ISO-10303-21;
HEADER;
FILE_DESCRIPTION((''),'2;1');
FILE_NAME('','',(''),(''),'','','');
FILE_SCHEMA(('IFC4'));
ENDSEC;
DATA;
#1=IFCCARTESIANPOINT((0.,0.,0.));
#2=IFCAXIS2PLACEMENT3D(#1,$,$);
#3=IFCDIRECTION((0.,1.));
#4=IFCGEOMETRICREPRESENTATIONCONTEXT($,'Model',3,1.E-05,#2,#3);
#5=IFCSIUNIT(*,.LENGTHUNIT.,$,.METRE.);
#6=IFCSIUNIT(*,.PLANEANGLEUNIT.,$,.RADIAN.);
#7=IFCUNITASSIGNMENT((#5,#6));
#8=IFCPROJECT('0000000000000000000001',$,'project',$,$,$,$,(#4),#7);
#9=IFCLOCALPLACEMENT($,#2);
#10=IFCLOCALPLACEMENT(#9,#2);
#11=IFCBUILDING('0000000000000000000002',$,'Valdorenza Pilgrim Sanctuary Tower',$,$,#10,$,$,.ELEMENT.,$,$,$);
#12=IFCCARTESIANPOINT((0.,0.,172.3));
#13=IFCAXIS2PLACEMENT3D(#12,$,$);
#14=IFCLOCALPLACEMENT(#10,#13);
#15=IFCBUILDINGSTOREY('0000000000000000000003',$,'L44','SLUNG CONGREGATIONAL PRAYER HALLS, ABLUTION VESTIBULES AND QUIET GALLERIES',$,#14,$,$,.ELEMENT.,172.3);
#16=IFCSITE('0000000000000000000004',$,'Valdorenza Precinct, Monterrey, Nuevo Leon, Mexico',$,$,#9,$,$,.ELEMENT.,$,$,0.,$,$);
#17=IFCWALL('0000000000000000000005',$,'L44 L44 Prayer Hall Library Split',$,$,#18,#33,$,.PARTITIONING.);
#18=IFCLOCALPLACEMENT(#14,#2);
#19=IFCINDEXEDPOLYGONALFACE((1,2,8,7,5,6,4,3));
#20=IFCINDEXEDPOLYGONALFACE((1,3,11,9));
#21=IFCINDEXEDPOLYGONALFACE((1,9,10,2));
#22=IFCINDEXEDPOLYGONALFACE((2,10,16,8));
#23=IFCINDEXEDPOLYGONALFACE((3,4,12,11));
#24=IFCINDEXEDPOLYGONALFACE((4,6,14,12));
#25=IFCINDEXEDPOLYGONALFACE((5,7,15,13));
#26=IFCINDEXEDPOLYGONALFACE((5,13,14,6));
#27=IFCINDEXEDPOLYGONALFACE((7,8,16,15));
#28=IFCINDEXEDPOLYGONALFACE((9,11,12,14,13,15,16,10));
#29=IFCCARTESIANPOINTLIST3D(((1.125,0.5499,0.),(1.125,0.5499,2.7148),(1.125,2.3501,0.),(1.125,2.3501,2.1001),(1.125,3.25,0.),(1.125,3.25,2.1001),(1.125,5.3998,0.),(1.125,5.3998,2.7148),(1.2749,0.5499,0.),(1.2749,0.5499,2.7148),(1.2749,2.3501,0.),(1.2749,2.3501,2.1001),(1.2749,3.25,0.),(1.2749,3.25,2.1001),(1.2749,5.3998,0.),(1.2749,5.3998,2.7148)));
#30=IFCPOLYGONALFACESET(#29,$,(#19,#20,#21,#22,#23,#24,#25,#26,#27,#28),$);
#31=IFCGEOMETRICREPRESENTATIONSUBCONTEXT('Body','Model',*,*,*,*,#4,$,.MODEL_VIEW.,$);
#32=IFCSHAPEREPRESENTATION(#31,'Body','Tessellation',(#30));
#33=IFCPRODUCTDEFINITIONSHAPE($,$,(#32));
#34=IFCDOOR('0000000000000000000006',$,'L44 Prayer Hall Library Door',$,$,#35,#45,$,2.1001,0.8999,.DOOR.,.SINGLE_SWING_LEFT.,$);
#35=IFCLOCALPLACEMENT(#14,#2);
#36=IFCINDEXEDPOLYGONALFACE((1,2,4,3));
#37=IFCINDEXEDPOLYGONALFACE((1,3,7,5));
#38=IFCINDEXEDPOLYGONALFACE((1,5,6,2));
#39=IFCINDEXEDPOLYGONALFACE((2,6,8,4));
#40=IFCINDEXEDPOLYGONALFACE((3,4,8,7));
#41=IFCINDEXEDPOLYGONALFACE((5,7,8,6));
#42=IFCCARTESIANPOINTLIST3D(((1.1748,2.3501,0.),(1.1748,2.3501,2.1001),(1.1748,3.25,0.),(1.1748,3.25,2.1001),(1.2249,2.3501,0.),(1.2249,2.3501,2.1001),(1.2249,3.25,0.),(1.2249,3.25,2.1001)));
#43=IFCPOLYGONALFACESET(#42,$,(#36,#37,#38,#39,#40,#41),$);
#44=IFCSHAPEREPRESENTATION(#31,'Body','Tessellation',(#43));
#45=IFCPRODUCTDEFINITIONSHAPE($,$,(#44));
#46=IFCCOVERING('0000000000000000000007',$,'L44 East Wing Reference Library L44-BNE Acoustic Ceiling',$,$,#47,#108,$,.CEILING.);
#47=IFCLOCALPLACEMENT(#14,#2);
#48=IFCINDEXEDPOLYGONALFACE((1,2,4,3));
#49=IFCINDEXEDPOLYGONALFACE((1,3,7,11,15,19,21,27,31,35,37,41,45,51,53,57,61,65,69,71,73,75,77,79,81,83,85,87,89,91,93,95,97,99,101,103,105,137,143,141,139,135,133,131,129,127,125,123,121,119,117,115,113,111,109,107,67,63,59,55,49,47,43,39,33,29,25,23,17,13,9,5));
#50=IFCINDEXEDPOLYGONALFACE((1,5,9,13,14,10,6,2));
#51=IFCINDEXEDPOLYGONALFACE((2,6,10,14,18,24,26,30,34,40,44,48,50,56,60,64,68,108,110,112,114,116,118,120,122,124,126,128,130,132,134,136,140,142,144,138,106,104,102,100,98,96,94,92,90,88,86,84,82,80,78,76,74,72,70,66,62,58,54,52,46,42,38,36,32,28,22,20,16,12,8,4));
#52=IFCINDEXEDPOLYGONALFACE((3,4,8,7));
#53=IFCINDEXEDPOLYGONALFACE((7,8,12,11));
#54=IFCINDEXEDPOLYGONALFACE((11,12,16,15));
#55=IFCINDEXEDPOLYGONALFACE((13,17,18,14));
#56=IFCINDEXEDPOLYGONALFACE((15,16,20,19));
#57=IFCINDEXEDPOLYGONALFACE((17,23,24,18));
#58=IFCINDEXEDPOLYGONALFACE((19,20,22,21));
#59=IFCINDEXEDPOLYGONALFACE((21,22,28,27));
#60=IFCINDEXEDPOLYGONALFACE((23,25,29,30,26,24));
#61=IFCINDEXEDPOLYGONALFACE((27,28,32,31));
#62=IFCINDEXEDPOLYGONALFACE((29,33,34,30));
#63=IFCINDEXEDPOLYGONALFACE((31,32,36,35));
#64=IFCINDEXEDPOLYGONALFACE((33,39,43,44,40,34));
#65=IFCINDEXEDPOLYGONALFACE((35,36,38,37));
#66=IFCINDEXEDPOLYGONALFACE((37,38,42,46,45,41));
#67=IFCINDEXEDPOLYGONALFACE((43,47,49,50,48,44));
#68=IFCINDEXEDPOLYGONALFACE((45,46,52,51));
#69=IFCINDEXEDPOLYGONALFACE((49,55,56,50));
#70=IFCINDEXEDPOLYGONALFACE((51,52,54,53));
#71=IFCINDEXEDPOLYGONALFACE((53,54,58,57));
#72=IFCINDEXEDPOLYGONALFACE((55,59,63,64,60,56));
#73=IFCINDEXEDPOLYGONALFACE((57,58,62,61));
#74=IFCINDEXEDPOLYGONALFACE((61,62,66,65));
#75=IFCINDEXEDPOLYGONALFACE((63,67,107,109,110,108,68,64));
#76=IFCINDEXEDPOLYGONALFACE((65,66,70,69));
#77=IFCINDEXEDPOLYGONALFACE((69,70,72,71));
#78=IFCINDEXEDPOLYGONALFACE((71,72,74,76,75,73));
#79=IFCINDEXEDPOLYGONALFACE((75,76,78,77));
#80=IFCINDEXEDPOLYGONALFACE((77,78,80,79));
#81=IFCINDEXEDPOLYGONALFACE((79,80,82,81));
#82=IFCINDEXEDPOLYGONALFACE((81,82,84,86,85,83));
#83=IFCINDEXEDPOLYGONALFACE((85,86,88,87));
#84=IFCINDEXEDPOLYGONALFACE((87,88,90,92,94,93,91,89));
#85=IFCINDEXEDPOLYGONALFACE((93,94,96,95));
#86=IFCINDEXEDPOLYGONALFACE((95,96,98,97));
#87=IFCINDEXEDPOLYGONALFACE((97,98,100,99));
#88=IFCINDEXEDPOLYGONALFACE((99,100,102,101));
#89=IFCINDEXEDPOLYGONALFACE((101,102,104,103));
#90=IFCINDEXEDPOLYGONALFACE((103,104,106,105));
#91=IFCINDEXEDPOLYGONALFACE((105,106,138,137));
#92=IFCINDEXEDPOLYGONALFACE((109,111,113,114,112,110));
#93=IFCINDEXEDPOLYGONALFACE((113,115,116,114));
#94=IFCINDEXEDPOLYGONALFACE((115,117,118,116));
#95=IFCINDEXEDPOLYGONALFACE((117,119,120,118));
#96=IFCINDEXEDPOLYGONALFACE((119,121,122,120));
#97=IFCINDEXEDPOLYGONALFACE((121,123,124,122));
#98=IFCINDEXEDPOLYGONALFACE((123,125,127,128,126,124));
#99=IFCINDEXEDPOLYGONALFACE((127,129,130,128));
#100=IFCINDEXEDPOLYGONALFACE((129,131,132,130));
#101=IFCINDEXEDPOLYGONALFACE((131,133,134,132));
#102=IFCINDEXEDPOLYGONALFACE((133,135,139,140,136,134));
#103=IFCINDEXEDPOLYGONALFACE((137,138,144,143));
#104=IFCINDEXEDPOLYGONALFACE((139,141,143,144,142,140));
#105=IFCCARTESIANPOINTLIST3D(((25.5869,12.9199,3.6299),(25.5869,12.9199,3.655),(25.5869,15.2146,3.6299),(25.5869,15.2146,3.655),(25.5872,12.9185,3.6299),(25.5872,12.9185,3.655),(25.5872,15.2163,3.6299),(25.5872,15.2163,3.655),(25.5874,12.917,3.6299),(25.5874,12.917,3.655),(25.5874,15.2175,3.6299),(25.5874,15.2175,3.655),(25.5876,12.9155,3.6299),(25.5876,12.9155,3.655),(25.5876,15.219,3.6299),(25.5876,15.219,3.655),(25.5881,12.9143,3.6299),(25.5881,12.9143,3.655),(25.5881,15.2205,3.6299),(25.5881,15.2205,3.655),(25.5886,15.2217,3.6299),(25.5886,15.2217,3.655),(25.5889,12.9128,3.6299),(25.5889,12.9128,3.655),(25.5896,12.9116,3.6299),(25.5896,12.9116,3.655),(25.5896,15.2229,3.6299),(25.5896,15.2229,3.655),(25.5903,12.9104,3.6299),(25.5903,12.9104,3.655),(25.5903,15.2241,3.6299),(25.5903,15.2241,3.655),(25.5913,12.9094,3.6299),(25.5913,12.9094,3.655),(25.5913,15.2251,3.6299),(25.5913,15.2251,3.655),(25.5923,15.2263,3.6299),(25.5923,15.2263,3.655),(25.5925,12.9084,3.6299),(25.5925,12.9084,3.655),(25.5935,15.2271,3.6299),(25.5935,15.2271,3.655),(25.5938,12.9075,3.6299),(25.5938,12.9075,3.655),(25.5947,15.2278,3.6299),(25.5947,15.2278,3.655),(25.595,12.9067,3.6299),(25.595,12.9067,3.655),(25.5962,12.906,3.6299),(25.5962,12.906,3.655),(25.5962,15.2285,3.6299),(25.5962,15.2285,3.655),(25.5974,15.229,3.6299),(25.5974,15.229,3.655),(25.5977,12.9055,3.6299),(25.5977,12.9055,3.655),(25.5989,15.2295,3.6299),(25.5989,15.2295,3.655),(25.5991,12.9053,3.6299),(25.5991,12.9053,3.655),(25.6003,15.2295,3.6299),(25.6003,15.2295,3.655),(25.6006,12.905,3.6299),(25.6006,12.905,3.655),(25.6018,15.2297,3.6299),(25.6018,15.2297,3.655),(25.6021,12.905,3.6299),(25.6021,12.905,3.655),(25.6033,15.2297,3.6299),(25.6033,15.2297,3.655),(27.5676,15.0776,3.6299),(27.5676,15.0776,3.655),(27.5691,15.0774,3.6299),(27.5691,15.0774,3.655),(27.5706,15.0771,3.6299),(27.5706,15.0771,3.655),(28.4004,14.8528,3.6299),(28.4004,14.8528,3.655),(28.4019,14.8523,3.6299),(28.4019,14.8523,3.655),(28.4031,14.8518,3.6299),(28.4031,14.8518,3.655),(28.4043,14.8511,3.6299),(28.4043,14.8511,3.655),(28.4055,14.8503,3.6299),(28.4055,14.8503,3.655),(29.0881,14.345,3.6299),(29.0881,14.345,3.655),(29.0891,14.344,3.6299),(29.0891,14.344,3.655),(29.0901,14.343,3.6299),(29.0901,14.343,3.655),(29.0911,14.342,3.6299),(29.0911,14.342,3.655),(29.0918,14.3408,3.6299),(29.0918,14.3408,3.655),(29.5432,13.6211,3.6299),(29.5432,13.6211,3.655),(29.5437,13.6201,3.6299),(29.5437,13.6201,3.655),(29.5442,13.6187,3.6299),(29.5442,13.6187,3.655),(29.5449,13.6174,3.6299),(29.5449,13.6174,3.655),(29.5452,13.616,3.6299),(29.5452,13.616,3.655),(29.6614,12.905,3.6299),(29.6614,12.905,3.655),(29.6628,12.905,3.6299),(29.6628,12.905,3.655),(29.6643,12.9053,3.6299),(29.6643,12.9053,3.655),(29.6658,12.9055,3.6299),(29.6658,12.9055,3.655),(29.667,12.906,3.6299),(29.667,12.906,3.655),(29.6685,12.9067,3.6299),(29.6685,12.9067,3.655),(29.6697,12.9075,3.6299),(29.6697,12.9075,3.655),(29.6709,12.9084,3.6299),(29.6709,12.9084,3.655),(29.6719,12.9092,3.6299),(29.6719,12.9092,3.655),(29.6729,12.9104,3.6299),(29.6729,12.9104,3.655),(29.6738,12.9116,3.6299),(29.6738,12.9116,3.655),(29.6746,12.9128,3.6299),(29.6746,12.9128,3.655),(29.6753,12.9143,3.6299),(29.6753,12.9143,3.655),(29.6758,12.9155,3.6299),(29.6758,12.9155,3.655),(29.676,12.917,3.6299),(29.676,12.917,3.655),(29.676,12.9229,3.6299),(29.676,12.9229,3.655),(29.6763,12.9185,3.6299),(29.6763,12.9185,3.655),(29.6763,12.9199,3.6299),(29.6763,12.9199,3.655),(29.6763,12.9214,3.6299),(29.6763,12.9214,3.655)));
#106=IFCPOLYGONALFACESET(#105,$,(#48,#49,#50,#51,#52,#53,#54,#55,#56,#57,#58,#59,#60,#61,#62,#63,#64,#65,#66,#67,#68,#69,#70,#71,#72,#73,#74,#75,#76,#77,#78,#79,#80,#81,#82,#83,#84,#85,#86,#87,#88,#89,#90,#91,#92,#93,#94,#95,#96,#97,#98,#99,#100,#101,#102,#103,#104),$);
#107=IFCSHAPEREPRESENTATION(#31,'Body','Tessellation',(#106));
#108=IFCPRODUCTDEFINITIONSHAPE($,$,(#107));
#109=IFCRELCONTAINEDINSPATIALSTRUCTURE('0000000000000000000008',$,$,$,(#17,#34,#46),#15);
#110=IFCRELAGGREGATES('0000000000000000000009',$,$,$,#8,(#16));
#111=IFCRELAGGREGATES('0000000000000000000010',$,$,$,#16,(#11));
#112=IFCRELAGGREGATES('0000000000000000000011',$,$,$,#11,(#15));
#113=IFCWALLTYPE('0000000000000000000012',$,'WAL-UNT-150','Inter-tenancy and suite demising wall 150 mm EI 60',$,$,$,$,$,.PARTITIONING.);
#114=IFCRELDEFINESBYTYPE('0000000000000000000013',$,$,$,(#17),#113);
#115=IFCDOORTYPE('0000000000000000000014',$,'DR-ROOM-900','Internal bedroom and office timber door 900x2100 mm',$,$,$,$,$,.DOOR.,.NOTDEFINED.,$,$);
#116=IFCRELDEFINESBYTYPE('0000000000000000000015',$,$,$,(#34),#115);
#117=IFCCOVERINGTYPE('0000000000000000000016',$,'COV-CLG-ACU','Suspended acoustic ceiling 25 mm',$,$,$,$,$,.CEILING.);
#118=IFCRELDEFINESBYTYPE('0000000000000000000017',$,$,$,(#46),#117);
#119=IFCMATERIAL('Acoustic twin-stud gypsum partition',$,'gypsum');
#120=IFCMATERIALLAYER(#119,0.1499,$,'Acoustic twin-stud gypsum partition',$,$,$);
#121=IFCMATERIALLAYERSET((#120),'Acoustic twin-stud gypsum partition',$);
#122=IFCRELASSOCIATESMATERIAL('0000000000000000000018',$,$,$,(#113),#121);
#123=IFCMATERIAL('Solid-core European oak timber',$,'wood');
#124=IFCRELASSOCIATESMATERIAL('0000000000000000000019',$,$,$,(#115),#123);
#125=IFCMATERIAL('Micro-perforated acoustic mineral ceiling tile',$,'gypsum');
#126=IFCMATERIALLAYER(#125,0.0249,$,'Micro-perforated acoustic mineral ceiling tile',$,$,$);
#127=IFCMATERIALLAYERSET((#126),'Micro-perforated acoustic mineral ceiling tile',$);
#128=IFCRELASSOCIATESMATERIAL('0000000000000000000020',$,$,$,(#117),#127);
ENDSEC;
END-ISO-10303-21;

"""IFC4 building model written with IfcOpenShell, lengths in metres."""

from ifc_helpers import new_model, si_unit, direction, frame, frame_2d, origin, place, context, subcontext, project, spatial, polyline, rectangle, outline, extrude, material, layer, layer_set, type_object, element, fill, save


model = new_model("IFC4")

# Units and contexts
model_context = context("Model", 3, precision=1e-05, world=origin(), true_north=direction((0.0, 1.0)))
body_context = subcontext(model_context, "Body", "Model", "MODEL_VIEW")
ifc_project = project(units=[si_unit("LENGTHUNIT", "METRE"), si_unit("PLANEANGLEUNIT", "RADIAN")], contexts=[model_context])

# Site, building, storey
site_placement = place(None, origin())
site = spatial("IfcSite", under=ifc_project, at=site_placement, Name="Valdorenza Precinct, Monterrey, Nuevo Leon, Mexico", CompositionType="ELEMENT", RefElevation=0.0)
building_placement = place(site_placement, origin())
building = spatial("IfcBuilding", under=site, at=building_placement, Name="Valdorenza Pilgrim Sanctuary Tower", CompositionType="ELEMENT")
storey_placement = place(building_placement, frame((0.0, 0.0, 172.3)))
storey = spatial("IfcBuildingStorey", under=building, at=storey_placement, Name="L44", Description="SLUNG CONGREGATIONAL PRAYER HALLS, ABLUTION VESTIBULES AND QUIET GALLERIES", CompositionType="ELEMENT", Elevation=172.3)

# Shared definitions
ifc_material_1 = material(Name="Acoustic twin-stud gypsum partition", Category="gypsum")

# Shared definitions
ifc_layer_1 = layer(ifc_material_1, 0.1499, Name="Acoustic twin-stud gypsum partition")
ifc_layer_set_1 = layer_set([ifc_layer_1], Name="Acoustic twin-stud gypsum partition")
wall_type_1 = type_object("IfcWallType", Name="WAL-UNT-150", Description="Inter-tenancy and suite demising wall 150 mm EI 60", PredefinedType="PARTITIONING", material=ifc_layer_set_1)

# Wall, opening, door
wall_1_placement = place(storey_placement, frame((1.2, 0.55, 0.0), z_axis=(0.0, 0.0, 1.0), x_axis=(0.0, 1.0, 0.0)))
wall_1 = element("IfcWall", 1, at=wall_1_placement, inside=storey, type_object=wall_type_1, Name="L44 L44 Prayer Hall Library Split", PredefinedType="PARTITIONING", context=body_context, shape_type="SweptSolid", body=[
    extrude(rectangle(XDim=4.8499, YDim=0.1499, at=frame_2d((2.4248, 0.0))), origin(), (0.0, 0.0, 1.0), 2.7148),
])
opening_1_placement = place(wall_1_placement, frame((1.8, 0.0, 0.0)))
opening_1 = element("IfcOpeningElement", 2, at=opening_1_placement, cuts=wall_1, PredefinedType="OPENING", context=body_context, shape_type="SweptSolid", body=[
    extrude(rectangle(XDim=0.8999, YDim=2.1001, at=frame_2d((0.45, 1.05))), frame((0.0, 0.0898, 0.0), z_axis=(0.0, -1.0, 0.0), x_axis=(1.0, 0.0, 0.0)), (0.0, 0.0, 1.0), 0.1797),
])
ifc_material_2 = material(Name="Solid-core European oak timber", Category="wood")
door_type_1 = type_object("IfcDoorType", Name="DR-ROOM-900", Description="Internal bedroom and office timber door 900x2100 mm", OperationType="NOTDEFINED", PredefinedType="DOOR", material=ifc_material_2)
door_1_placement = place(opening_1_placement, frame((0.8999, 0.0, 0.0), z_axis=(0.0, 0.0, 1.0), x_axis=(-1.0, 0.0, 0.0)))
door_1 = element("IfcDoor", 3, at=door_1_placement, inside=storey, type_object=door_type_1, Name="L44 Prayer Hall Library Door", OperationType="SINGLE_SWING_LEFT", OverallHeight=2.1001, OverallWidth=0.8999, PredefinedType="DOOR", context=body_context, shape_type="SweptSolid", body=[
    extrude(rectangle(XDim=0.8999, YDim=2.1001, at=frame_2d((0.45, 1.05))), frame((0.0, 0.0249, 0.0), z_axis=(0.0, -1.0, 0.0), x_axis=(1.0, 0.0, 0.0)), (0.0, 0.0, 1.0), 0.05),
])
fill(opening_1, door_1)

# Covering
ifc_material_3 = material(Name="Micro-perforated acoustic mineral ceiling tile", Category="gypsum")
ifc_layer_2 = layer(ifc_material_3, 0.0249, Name="Micro-perforated acoustic mineral ceiling tile")
ifc_layer_set_2 = layer_set([ifc_layer_2], Name="Micro-perforated acoustic mineral ceiling tile")
covering_type_1 = type_object("IfcCoveringType", Name="COV-CLG-ACU", Description="Suspended acoustic ceiling 25 mm", PredefinedType="CEILING", material=ifc_layer_set_2)
covering_1_placement = place(storey_placement, frame((0.0, 0.0, 3.6299)))
element("IfcCovering", 4, at=covering_1_placement, inside=storey, type_object=covering_type_1, Name="L44 East Wing Reference Library L44-BNE Acoustic Ceiling", PredefinedType="CEILING", context=body_context, shape_type="SweptSolid", body=[
    extrude(outline(polyline([(27.5676, 15.0776), (27.5691, 15.0774), (27.5706, 15.0771), (28.4004, 14.8528), (28.4019, 14.8523), (28.4031, 14.8518), (28.4043, 14.8511), (28.4055, 14.8503), (29.0881, 14.345), (29.0891, 14.344), (29.0901, 14.343), (29.0911, 14.342), (29.0918, 14.3408), (29.5432, 13.6211), (29.5437, 13.6201), (29.5442, 13.6187), (29.5449, 13.6174), (29.5452, 13.616), (29.676, 12.9229), (29.6763, 12.9214), (29.6763, 12.9199), (29.6763, 12.9185), (29.676, 12.917), (29.6758, 12.9155), (29.6753, 12.9143), (29.6746, 12.9128), (29.6738, 12.9116), (29.6729, 12.9104), (29.6719, 12.9092), (29.6709, 12.9084), (29.6697, 12.9075), (29.6685, 12.9067), (29.667, 12.906), (29.6658, 12.9055), (29.6643, 12.9053), (29.6628, 12.905), (29.6614, 12.905), (25.6021, 12.905), (25.6006, 12.905), (25.5991, 12.9053), (25.5977, 12.9055), (25.5962, 12.906), (25.595, 12.9067), (25.5938, 12.9075), (25.5925, 12.9084), (25.5913, 12.9094), (25.5903, 12.9104), (25.5896, 12.9116), (25.5889, 12.9128), (25.5881, 12.9143), (25.5876, 12.9155), (25.5874, 12.917), (25.5872, 12.9185), (25.5869, 12.9199), (25.5869, 15.2146), (25.5872, 15.2163), (25.5874, 15.2175), (25.5876, 15.219), (25.5881, 15.2205), (25.5886, 15.2217), (25.5896, 15.2229), (25.5903, 15.2241), (25.5913, 15.2251), (25.5923, 15.2263), (25.5935, 15.2271), (25.5947, 15.2278), (25.5962, 15.2285), (25.5974, 15.229), (25.5989, 15.2295), (25.6003, 15.2295), (25.6018, 15.2297), (25.6033, 15.2297), (27.5676, 15.0776)])), origin(), (0.0, 0.0, 1.0), 0.0251),
])

save(model, "model.ifc")
